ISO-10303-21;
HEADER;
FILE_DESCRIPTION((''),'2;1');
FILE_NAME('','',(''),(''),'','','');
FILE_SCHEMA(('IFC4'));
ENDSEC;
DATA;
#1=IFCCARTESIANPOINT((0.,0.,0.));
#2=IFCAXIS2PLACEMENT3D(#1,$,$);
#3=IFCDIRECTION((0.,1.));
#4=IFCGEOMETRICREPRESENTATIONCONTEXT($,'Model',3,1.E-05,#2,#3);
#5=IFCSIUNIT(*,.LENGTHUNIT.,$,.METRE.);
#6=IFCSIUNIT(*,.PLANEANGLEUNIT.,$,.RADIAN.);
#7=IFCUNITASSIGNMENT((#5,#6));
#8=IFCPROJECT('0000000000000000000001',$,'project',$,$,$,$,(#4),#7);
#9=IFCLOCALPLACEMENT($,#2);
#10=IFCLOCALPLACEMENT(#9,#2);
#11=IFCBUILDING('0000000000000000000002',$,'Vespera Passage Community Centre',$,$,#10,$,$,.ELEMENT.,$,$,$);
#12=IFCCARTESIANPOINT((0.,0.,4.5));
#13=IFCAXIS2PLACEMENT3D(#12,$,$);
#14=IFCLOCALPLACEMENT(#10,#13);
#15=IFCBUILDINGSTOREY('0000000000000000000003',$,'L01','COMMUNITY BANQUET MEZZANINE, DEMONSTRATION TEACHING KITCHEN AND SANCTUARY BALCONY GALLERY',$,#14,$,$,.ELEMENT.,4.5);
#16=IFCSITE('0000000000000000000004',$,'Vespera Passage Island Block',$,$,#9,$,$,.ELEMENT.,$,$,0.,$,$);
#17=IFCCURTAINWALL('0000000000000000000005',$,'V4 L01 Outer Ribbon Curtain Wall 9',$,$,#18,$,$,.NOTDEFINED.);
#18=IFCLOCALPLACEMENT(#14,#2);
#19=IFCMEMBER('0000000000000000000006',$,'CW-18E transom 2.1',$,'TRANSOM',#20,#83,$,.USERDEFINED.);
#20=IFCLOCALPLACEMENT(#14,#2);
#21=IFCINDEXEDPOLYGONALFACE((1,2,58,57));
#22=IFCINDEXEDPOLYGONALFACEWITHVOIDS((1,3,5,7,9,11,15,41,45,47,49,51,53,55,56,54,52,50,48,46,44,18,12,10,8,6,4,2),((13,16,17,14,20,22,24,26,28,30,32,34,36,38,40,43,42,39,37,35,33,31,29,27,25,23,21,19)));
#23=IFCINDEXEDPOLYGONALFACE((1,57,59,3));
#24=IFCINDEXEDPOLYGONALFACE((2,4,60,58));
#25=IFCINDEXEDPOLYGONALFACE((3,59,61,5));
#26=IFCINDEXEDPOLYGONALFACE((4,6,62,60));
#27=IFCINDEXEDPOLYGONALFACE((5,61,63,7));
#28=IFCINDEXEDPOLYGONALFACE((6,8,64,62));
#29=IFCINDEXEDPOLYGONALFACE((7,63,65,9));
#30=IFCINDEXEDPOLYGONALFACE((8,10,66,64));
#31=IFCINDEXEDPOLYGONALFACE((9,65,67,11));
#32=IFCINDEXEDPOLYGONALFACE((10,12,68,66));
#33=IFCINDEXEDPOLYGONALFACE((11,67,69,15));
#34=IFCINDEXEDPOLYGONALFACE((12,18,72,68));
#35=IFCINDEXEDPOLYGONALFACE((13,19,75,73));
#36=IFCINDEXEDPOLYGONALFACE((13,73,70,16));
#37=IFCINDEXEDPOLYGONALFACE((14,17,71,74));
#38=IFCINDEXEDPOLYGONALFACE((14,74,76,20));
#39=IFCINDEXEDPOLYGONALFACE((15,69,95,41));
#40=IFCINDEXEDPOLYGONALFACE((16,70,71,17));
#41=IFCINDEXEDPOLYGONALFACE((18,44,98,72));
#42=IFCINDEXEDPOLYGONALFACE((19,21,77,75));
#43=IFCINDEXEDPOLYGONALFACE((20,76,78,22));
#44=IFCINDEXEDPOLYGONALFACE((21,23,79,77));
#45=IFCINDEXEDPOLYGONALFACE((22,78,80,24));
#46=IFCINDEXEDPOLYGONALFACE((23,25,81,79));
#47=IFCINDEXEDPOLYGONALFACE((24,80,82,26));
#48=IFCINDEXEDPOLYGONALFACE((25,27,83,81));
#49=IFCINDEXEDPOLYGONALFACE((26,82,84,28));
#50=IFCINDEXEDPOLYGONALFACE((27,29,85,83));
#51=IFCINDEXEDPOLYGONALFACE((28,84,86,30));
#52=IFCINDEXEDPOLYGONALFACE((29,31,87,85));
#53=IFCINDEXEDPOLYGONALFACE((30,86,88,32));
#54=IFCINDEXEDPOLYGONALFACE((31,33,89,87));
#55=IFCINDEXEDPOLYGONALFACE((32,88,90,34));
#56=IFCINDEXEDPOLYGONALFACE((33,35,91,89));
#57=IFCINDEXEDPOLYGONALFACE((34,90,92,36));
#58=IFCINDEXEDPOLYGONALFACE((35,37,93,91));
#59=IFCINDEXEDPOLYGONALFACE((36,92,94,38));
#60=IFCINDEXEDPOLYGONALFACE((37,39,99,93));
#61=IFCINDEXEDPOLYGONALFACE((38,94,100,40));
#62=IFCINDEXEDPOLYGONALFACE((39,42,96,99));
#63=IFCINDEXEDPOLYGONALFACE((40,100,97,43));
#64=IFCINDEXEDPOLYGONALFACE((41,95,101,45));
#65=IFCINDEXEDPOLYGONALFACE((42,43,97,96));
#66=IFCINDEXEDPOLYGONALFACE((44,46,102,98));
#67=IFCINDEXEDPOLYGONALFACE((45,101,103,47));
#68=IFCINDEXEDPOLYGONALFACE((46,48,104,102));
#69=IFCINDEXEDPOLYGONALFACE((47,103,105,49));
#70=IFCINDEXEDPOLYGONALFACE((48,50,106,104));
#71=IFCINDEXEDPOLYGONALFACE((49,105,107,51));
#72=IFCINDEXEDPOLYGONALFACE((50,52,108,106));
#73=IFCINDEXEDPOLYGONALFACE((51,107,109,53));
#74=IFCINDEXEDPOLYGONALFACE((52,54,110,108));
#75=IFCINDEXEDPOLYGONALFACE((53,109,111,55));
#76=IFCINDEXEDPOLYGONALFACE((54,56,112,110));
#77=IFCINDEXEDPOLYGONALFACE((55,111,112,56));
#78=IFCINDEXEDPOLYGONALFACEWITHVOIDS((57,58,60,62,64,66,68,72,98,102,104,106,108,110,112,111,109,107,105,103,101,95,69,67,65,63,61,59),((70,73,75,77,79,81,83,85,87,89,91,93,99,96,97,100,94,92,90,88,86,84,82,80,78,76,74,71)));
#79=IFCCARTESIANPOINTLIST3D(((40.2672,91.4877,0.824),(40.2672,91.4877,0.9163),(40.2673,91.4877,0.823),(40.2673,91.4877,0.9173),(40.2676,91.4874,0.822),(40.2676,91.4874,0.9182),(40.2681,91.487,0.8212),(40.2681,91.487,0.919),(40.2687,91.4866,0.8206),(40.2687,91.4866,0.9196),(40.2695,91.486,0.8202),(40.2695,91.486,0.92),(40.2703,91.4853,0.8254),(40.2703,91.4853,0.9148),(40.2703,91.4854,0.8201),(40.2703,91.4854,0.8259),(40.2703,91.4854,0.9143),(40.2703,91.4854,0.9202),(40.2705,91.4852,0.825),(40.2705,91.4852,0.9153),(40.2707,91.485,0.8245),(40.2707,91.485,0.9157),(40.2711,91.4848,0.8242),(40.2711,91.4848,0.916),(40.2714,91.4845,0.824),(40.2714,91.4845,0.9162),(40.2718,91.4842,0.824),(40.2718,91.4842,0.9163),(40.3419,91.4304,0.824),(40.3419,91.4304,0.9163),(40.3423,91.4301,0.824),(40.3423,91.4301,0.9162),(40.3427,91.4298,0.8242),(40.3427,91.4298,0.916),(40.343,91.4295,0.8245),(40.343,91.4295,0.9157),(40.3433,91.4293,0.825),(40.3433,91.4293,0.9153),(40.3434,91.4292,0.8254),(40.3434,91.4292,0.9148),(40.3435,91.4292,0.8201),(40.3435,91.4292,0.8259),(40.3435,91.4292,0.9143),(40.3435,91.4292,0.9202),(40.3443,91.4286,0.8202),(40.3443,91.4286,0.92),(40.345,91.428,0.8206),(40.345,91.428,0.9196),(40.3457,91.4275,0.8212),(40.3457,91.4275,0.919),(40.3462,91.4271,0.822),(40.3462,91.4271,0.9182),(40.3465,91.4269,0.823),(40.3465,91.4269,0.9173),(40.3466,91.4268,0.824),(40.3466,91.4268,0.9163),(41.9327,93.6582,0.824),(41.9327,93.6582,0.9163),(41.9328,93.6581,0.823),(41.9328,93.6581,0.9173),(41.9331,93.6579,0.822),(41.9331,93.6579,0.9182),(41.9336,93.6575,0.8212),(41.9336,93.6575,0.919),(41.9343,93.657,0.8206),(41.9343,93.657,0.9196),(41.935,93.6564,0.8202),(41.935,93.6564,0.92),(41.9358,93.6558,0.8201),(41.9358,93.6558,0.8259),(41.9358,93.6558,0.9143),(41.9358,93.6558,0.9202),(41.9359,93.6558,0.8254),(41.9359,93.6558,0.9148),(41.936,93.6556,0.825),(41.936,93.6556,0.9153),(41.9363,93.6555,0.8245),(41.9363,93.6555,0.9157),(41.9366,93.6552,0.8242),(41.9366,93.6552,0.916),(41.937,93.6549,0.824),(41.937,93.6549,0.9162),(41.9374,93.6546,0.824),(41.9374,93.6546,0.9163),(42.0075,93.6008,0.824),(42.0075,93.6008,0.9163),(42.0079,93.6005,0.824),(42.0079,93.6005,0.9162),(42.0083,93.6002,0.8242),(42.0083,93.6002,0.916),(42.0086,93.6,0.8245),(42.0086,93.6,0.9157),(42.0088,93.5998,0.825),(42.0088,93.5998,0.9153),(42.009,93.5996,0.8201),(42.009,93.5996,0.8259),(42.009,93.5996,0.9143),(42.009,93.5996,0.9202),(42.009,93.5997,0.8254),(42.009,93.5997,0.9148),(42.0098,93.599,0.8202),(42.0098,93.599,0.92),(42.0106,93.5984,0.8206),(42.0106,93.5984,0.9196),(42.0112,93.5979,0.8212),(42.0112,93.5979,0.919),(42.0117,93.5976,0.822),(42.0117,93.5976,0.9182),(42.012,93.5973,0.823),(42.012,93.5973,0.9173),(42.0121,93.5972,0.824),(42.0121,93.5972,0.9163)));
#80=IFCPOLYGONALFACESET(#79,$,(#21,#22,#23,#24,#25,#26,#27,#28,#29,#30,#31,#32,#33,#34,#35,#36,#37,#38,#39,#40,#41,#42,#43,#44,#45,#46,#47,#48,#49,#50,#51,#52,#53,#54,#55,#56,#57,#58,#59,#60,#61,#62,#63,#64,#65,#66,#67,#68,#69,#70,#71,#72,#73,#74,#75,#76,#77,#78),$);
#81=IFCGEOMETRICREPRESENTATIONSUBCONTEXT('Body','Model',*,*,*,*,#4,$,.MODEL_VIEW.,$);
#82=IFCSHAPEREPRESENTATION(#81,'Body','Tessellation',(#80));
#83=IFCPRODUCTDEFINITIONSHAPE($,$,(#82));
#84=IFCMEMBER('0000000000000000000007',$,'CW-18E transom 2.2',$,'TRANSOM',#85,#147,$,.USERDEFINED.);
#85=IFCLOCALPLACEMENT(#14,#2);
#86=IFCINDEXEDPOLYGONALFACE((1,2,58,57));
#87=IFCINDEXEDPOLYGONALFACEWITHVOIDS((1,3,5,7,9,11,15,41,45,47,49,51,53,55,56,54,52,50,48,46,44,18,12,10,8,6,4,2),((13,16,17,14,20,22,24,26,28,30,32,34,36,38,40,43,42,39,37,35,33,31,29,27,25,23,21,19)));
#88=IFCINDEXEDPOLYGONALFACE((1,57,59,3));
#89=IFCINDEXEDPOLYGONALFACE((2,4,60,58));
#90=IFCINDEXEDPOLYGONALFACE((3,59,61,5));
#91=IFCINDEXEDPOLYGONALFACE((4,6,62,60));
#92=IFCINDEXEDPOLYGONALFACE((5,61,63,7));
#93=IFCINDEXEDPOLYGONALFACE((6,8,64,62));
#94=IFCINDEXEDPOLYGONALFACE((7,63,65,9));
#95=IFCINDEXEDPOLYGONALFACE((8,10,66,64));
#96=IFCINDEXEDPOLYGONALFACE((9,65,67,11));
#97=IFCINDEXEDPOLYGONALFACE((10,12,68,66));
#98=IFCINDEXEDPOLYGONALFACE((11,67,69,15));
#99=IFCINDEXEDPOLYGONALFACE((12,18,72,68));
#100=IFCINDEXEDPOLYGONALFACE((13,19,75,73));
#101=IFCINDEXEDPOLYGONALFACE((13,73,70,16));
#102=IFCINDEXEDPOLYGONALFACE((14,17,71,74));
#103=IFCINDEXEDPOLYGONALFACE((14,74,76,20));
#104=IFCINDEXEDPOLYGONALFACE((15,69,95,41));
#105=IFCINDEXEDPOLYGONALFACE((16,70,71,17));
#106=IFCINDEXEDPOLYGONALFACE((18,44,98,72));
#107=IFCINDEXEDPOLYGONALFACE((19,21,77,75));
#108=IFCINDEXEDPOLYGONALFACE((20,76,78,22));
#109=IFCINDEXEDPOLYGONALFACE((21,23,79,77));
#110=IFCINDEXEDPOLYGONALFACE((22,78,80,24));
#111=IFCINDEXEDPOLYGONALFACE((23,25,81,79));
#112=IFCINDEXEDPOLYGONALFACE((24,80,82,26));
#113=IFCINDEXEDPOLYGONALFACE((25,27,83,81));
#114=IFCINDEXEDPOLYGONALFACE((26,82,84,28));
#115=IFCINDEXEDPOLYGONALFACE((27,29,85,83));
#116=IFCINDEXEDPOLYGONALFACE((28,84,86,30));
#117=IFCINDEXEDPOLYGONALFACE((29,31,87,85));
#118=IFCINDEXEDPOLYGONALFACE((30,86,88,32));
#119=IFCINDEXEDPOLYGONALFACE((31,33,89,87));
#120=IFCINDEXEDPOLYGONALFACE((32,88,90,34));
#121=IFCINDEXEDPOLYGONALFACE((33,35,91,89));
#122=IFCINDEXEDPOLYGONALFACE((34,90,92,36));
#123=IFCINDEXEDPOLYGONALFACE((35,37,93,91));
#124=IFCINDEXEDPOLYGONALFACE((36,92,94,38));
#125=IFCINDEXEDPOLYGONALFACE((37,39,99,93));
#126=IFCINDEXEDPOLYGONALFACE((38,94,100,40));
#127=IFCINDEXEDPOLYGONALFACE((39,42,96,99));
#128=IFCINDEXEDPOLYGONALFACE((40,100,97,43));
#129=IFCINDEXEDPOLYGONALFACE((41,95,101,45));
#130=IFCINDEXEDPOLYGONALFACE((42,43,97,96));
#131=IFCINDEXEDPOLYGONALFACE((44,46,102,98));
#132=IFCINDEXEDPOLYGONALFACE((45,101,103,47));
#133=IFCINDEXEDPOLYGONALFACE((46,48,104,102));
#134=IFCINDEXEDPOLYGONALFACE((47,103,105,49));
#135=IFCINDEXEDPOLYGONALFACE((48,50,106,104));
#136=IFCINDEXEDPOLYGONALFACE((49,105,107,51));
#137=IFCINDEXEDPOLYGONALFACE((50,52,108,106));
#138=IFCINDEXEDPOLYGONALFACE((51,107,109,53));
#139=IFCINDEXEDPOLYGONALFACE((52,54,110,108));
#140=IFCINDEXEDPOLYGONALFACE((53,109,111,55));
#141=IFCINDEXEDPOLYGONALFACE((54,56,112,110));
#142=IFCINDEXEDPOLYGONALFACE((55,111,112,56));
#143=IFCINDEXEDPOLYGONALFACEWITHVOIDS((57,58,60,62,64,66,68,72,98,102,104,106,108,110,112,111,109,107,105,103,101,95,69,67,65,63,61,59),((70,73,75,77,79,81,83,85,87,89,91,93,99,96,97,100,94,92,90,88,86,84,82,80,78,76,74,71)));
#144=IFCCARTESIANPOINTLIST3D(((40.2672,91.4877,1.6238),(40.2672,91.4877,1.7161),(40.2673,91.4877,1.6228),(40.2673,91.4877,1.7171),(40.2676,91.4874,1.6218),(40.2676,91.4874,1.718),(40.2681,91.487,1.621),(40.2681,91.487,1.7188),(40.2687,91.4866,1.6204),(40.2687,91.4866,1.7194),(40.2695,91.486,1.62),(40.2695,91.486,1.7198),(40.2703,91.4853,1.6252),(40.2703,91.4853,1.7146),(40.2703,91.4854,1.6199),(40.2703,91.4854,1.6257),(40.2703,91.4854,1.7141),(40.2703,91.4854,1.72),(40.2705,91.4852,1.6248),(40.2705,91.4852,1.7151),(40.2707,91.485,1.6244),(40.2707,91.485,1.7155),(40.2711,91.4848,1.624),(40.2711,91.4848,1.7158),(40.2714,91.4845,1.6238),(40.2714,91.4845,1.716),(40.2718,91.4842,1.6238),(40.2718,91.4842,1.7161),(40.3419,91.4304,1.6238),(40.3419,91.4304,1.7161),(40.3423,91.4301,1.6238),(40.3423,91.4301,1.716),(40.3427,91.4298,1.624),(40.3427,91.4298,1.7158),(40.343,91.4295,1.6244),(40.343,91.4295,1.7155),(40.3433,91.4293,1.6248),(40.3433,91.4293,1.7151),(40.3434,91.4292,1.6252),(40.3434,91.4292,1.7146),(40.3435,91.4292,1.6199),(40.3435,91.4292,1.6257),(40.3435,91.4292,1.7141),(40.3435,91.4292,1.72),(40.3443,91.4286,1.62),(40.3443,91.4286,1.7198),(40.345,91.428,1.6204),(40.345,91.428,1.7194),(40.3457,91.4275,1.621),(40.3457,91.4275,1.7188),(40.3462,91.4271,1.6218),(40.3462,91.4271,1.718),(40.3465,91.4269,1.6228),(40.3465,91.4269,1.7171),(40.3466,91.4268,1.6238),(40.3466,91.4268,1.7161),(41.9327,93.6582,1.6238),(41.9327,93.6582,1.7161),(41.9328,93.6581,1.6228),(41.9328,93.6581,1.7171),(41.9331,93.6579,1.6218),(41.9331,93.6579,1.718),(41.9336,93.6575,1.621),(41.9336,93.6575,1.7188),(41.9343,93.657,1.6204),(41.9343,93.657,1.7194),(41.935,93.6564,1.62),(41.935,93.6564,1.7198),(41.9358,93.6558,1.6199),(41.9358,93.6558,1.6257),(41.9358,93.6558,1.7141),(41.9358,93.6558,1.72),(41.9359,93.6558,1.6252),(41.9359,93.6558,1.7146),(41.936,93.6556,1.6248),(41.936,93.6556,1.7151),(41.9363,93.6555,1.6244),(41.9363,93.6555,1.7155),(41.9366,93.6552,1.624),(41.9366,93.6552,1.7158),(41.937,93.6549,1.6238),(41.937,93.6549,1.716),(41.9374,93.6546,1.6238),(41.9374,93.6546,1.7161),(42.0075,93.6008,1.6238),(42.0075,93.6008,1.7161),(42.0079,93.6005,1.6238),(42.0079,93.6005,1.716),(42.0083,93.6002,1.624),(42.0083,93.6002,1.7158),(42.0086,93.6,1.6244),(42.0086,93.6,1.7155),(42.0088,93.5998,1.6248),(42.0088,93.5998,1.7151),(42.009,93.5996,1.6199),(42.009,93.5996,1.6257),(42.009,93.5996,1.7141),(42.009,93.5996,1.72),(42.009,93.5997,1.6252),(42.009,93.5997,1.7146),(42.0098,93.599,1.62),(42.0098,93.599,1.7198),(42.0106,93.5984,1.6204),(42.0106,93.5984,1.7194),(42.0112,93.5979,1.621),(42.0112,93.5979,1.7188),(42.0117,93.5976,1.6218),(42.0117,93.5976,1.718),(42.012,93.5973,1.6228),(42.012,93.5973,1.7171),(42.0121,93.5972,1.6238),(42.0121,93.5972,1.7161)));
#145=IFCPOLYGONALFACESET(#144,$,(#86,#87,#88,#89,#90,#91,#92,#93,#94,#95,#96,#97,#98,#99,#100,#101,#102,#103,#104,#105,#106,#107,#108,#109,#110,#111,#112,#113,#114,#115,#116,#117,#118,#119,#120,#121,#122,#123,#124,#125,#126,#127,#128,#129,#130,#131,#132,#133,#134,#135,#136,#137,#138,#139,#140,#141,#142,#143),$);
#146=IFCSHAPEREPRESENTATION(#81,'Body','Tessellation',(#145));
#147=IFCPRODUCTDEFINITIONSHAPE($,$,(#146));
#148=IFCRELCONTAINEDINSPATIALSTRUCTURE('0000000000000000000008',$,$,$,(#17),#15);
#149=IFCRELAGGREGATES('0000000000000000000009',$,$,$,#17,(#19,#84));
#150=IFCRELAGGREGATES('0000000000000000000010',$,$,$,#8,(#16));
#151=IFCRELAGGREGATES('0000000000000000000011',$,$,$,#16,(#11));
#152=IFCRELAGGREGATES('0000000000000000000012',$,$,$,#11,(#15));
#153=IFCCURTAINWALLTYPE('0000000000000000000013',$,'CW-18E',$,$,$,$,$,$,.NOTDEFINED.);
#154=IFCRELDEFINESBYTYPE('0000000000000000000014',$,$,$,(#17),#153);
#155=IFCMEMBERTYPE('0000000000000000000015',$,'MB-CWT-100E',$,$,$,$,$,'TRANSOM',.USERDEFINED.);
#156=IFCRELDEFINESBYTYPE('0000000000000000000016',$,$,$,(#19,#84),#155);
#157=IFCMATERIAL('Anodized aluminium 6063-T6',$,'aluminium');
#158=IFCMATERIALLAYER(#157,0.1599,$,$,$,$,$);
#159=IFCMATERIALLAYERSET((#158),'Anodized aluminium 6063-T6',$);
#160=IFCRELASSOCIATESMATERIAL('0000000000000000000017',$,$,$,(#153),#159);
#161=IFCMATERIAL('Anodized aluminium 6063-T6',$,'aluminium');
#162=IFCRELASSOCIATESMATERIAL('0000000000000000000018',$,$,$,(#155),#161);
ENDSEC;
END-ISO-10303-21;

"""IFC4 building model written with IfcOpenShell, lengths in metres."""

from ifc_helpers import new_model, si_unit, direction, frame, origin, origin_2d, place, context, subcontext, project, spatial, hollow_rectangle, extrude, material, layer, layer_set, material_profile, profile_set, type_object, element, aggregate, save


model = new_model("IFC4")

# Units and contexts
model_context = context("Model", 3, precision=1e-05, world=origin(), true_north=direction((0.0, 1.0)))
body_context = subcontext(model_context, "Body", "Model", "MODEL_VIEW")
ifc_project = project(units=[si_unit("LENGTHUNIT", "METRE"), si_unit("PLANEANGLEUNIT", "RADIAN")], contexts=[model_context])

# Site, building, storey
site_placement = place(None, origin())
site = spatial("IfcSite", under=ifc_project, at=site_placement, Name="Vespera Passage Island Block", CompositionType="ELEMENT", RefElevation=0.0)
building_placement = place(site_placement, origin())
building = spatial("IfcBuilding", under=site, at=building_placement, Name="Vespera Passage Community Centre", CompositionType="ELEMENT")
storey_placement = place(building_placement, frame((0.0, 0.0, 4.5)))
storey = spatial("IfcBuildingStorey", under=building, at=storey_placement, Name="L01", Description="COMMUNITY BANQUET MEZZANINE, DEMONSTRATION TEACHING KITCHEN AND SANCTUARY BALCONY GALLERY", CompositionType="ELEMENT", Elevation=4.5)

# Curtain wall
ifc_material_1 = material(Name="Anodized aluminium 6063-T6", Category="aluminium")
ifc_layer_1 = layer(ifc_material_1, 0.1599)
ifc_layer_set_1 = layer_set([ifc_layer_1], Name="Anodized aluminium 6063-T6")
curtain_wall_type_1 = type_object("IfcCurtainWallType", Name="CW-18E", PredefinedType="NOTDEFINED", material=ifc_layer_set_1)
curtain_wall_1_placement = place(storey_placement, origin())
curtain_wall_1 = element("IfcCurtainWall", 1, at=curtain_wall_1_placement, inside=storey, type_object=curtain_wall_type_1, Name="V4 L01 Outer Ribbon Curtain Wall 9", PredefinedType="NOTDEFINED")

# Members
ifc_material_2 = material(Name="Anodized aluminium 6063-T6", Category="aluminium")
ifc_material_profile_1 = material_profile(ifc_material_2, hollow_rectangle(XDim=0.1001, YDim=0.1001, WallThickness=0.0039, InnerFilletRadius=0.002, OuterFilletRadius=0.0039, at=origin_2d()), Name="ALU100X100X4")
ifc_profile_set_1 = profile_set([ifc_material_profile_1], Name="Anodized aluminium 6063-T6")
member_type_1 = type_object("IfcMemberType", Name="MB-CWT-100E", ElementType="TRANSOM", PredefinedType="USERDEFINED", material=ifc_profile_set_1)
member_1_placement = place(storey_placement, frame((40.3069, 91.4573, 0.8701), z_axis=(0.608787, 0.793333, 0.0), x_axis=(-0.793333, 0.608787, 0.0)))
member_1 = element("IfcMember", 2, at=member_1_placement, type_object=member_type_1, Name="CW-18E transom 2.1", ObjectType="TRANSOM", PredefinedType="USERDEFINED", context=body_context, shape_type="SweptSolid", body=[
    extrude(hollow_rectangle(XDim=0.1001, YDim=0.1001, WallThickness=0.0039, InnerFilletRadius=0.002, OuterFilletRadius=0.0039, at=origin_2d()), origin(), (0.0, 0.0, 1.0), 2.7358),
])
member_2_placement = place(storey_placement, frame((40.3069, 91.4573, 1.6699), z_axis=(0.608787, 0.793333, 0.0), x_axis=(-0.793333, 0.608787, 0.0)))
member_2 = element("IfcMember", 3, at=member_2_placement, type_object=member_type_1, Name="CW-18E transom 2.2", ObjectType="TRANSOM", PredefinedType="USERDEFINED", context=body_context, shape_type="SweptSolid", body=[
    extrude(hollow_rectangle(XDim=0.1001, YDim=0.1001, WallThickness=0.0039, InnerFilletRadius=0.002, OuterFilletRadius=0.0039, at=origin_2d()), origin(), (0.0, 0.0, 1.0), 2.7358),
])

aggregate(curtain_wall_1, [member_1, member_2])

save(model, "model.ifc")
